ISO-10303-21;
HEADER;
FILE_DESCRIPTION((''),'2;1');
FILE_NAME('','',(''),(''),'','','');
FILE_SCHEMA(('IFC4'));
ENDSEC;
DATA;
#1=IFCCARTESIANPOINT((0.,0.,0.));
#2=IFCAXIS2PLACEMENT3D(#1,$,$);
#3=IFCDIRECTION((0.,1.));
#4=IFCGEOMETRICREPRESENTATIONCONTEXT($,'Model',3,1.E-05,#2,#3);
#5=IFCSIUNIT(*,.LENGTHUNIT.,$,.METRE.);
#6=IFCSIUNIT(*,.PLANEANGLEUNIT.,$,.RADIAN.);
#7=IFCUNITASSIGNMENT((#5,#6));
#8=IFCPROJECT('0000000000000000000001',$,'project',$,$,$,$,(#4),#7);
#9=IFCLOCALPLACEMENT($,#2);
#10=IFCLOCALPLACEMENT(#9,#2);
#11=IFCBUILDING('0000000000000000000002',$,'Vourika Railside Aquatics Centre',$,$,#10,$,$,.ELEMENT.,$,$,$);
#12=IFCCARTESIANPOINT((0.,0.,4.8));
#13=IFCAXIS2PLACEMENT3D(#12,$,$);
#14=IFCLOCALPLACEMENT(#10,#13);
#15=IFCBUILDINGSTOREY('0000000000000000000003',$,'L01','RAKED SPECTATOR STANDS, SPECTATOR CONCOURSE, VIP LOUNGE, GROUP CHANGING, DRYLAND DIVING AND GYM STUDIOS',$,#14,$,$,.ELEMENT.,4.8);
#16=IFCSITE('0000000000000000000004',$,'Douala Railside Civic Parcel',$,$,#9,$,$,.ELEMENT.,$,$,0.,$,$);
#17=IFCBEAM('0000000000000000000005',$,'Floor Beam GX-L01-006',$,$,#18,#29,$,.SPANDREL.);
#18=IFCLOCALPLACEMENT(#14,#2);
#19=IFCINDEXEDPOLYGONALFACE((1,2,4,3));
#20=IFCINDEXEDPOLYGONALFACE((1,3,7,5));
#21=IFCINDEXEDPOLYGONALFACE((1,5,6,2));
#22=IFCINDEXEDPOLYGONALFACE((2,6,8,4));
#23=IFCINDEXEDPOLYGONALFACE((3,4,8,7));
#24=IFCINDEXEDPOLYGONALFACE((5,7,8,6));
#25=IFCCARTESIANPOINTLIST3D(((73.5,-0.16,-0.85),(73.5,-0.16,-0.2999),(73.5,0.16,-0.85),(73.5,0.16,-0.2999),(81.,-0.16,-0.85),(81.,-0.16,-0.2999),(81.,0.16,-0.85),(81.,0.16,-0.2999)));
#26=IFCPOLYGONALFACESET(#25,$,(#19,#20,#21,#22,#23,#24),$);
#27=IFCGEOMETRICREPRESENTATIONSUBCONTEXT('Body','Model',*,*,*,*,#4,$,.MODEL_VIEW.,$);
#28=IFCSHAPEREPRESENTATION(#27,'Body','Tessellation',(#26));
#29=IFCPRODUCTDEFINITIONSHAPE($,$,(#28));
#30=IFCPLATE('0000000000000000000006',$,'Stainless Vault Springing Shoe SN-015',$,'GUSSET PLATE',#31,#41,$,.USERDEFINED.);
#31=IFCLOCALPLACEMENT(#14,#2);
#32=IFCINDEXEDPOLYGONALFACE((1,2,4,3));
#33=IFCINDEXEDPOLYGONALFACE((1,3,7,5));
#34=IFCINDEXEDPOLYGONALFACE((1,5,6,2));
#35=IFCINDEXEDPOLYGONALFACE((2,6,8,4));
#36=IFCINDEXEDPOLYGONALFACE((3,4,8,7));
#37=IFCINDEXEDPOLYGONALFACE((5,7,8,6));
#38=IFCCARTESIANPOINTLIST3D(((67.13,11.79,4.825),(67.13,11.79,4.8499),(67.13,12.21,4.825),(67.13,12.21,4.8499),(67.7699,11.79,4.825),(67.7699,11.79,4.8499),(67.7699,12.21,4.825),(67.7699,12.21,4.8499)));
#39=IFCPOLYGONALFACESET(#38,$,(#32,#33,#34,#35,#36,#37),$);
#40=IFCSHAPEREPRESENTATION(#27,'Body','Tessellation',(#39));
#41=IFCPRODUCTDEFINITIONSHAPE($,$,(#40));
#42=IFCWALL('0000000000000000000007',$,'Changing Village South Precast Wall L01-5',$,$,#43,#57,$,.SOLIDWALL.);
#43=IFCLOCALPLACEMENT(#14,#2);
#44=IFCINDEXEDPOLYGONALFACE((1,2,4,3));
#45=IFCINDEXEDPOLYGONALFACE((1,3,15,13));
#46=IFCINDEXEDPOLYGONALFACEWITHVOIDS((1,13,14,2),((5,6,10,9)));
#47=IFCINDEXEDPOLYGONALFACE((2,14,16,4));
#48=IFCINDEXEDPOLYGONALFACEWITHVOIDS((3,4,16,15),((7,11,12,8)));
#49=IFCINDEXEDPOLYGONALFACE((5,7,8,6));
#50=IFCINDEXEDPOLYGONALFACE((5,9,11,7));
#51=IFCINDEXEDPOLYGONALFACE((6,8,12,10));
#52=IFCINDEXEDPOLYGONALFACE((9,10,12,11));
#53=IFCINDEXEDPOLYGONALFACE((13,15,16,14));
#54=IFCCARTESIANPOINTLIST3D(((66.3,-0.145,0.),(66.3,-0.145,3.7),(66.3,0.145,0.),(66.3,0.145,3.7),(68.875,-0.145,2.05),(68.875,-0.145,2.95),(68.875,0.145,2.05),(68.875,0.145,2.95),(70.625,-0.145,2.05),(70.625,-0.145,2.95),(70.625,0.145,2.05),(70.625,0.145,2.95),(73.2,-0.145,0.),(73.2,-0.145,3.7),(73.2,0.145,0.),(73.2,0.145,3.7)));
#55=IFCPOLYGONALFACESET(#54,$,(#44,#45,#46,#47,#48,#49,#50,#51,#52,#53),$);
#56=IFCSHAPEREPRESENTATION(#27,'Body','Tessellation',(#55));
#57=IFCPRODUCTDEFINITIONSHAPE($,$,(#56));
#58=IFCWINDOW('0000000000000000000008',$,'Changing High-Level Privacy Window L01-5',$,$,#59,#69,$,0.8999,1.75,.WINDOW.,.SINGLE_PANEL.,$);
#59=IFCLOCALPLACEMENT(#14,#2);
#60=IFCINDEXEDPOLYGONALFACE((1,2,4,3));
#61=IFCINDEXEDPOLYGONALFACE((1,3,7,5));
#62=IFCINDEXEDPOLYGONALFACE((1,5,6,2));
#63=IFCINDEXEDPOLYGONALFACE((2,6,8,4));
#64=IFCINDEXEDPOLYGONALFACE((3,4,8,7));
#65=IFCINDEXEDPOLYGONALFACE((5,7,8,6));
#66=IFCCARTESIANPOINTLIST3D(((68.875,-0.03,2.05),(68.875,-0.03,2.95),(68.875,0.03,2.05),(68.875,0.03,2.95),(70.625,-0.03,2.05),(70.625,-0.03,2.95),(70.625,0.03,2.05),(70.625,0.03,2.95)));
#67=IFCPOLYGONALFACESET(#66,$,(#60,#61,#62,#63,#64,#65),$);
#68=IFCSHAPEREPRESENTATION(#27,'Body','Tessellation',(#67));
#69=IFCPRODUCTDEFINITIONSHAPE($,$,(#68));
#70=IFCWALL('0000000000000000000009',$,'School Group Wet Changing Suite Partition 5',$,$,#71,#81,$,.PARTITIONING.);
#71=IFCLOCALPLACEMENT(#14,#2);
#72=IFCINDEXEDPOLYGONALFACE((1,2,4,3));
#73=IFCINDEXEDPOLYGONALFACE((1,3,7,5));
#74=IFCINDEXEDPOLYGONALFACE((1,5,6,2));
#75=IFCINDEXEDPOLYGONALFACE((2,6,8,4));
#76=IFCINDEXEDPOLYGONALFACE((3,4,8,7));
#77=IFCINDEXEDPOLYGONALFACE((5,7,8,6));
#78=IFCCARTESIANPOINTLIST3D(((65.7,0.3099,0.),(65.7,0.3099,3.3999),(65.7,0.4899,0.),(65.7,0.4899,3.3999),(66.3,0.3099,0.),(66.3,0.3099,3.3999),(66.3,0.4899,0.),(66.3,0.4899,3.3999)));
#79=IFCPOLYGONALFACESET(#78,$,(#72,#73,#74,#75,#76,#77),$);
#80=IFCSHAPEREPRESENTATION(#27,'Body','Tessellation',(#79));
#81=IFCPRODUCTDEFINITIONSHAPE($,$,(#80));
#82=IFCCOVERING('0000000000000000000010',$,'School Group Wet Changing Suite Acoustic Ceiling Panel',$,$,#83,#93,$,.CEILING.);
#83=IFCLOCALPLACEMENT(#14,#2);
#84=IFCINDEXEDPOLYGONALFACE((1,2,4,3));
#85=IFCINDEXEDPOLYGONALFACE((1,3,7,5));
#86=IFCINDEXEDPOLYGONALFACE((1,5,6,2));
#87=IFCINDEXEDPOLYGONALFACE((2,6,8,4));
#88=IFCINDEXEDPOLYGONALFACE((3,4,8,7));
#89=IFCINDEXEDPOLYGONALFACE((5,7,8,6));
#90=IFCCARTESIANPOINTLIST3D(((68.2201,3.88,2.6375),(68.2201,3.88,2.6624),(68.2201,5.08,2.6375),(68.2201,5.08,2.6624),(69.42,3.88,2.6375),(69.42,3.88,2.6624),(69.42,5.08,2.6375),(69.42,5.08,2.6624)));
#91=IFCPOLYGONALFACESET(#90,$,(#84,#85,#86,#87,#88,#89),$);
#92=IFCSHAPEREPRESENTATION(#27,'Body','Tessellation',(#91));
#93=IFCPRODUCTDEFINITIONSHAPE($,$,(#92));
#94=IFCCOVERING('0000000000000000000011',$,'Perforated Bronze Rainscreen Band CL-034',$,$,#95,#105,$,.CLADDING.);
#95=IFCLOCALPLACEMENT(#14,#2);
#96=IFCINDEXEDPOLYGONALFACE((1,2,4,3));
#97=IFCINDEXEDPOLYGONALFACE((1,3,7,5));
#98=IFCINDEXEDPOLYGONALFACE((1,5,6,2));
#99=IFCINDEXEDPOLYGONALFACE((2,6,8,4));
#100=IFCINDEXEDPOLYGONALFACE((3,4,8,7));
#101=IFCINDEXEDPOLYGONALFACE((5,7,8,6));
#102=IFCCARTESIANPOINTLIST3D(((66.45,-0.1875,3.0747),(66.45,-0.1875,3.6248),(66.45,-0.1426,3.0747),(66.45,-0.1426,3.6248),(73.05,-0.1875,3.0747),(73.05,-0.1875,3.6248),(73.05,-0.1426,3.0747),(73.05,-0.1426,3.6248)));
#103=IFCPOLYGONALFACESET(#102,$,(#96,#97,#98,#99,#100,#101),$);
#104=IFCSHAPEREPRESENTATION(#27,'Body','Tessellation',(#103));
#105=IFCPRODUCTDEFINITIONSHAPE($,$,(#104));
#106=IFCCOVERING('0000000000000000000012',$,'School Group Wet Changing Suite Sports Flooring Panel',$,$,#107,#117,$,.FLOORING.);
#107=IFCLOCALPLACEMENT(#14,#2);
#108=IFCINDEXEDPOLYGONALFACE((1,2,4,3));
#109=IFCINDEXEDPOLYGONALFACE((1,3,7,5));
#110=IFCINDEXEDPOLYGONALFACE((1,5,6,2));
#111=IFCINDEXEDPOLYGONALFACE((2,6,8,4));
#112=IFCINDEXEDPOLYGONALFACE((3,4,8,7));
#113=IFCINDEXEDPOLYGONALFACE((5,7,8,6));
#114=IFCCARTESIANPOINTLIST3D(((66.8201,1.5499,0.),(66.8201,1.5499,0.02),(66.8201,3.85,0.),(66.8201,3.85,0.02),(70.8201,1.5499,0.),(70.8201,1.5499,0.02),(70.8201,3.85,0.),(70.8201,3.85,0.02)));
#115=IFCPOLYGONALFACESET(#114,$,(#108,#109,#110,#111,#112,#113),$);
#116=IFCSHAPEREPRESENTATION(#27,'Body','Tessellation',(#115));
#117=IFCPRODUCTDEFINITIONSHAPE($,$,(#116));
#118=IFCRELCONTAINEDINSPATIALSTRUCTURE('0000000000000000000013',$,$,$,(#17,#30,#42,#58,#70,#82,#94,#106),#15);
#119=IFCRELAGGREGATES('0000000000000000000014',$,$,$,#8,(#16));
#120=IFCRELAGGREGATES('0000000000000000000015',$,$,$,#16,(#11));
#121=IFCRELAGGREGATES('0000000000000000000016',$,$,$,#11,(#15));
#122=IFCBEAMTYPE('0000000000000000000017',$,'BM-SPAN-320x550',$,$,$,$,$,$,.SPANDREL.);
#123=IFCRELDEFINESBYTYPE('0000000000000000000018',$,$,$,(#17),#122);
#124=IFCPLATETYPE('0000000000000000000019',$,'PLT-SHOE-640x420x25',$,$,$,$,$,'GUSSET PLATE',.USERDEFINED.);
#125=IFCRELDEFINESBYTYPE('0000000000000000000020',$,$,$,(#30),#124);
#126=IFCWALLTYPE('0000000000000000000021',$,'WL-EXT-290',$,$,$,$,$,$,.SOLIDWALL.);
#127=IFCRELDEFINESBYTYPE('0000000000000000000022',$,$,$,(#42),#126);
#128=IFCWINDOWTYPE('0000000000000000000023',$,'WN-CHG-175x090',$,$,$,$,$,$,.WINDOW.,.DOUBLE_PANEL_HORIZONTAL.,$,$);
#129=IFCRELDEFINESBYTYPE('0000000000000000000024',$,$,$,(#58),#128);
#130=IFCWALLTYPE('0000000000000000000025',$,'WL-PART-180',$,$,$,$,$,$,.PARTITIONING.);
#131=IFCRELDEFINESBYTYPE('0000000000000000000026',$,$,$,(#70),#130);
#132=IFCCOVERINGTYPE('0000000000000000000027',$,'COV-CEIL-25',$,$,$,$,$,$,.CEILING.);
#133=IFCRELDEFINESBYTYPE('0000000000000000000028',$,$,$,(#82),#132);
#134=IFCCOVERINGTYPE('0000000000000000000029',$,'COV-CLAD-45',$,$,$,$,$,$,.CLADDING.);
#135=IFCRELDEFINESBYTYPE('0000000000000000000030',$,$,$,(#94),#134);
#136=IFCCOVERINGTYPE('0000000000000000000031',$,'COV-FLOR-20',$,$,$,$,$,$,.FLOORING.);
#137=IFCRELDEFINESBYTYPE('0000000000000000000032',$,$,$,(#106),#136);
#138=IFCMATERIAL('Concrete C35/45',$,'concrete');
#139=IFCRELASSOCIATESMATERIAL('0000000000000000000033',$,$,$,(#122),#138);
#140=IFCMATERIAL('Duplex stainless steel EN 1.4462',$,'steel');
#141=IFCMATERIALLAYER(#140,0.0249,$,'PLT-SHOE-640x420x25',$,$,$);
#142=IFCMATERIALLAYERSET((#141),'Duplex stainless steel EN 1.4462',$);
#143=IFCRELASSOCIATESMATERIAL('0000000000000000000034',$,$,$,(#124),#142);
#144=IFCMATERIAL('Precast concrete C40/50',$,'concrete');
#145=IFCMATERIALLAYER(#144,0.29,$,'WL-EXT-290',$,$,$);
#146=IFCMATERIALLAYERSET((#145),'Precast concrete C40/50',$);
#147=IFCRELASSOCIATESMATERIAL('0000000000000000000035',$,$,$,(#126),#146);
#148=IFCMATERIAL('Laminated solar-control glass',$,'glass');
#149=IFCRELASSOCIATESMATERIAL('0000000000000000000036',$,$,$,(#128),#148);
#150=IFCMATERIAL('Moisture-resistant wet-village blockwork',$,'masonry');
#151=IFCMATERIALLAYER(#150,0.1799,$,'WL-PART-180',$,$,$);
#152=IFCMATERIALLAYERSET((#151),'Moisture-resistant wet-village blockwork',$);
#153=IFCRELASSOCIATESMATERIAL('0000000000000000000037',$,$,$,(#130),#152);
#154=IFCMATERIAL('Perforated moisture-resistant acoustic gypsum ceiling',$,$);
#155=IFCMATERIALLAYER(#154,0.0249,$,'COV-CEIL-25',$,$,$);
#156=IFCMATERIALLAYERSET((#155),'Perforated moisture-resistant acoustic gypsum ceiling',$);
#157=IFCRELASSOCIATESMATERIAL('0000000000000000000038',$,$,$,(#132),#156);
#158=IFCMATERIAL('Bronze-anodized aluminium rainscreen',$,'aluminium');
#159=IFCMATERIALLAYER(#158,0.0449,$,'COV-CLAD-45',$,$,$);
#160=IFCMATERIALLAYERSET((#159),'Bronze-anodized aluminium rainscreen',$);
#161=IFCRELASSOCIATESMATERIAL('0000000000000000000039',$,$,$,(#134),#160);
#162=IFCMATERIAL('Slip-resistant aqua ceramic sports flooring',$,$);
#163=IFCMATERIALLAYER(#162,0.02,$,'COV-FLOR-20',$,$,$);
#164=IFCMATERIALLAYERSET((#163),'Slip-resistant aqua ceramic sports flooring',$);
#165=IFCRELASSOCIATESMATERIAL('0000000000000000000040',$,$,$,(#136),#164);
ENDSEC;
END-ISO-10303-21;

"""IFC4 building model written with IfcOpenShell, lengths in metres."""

from ifc_helpers import new_model, si_unit, direction, frame, frame_2d, origin, origin_2d, place, context, subcontext, project, spatial, rectangle, extrude, material, layer, layer_set, material_profile, profile_set, type_object, element, fill, save


model = new_model("IFC4")

# Units and contexts
model_context = context("Model", 3, precision=1e-05, world=origin(), true_north=direction((0.0, 1.0)))
body_context = subcontext(model_context, "Body", "Model", "MODEL_VIEW")
ifc_project = project(units=[si_unit("LENGTHUNIT", "METRE"), si_unit("PLANEANGLEUNIT", "RADIAN")], contexts=[model_context])

# Site, building, storey
site_placement = place(None, origin())
site = spatial("IfcSite", under=ifc_project, at=site_placement, Name="Douala Railside Civic Parcel", CompositionType="ELEMENT", RefElevation=0.0)
building_placement = place(site_placement, origin())
building = spatial("IfcBuilding", under=site, at=building_placement, Name="Vourika Railside Aquatics Centre", CompositionType="ELEMENT")
storey_placement = place(building_placement, frame((0.0, 0.0, 4.8)))
storey = spatial("IfcBuildingStorey", under=building, at=storey_placement, Name="L01", Description="RAKED SPECTATOR STANDS, SPECTATOR CONCOURSE, VIP LOUNGE, GROUP CHANGING, DRYLAND DIVING AND GYM STUDIOS", CompositionType="ELEMENT", Elevation=4.8)

# Beam
ifc_material_1 = material(Name="Concrete C35/45", Category="concrete")
ifc_material_profile_1 = material_profile(ifc_material_1, rectangle(XDim=0.3201, YDim=0.55, at=origin_2d()), Name="RC 320x550")
ifc_profile_set_1 = profile_set([ifc_material_profile_1], Name="Concrete C35/45")
beam_type_1 = type_object("IfcBeamType", Name="BM-SPAN-320x550", PredefinedType="SPANDREL", material=ifc_profile_set_1)
beam_1_placement = place(storey_placement, frame((73.5, 0.0, -0.575), z_axis=(1.0, 0.0, 0.0), x_axis=(0.0, 1.0, 0.0)))
element("IfcBeam", 1, at=beam_1_placement, inside=storey, type_object=beam_type_1, Name="Floor Beam GX-L01-006", PredefinedType="SPANDREL", context=body_context, shape_type="SweptSolid", body=[
    extrude(rectangle(XDim=0.3201, YDim=0.55, at=origin_2d()), origin(), (0.0, 0.0, 1.0), 7.5),
])

# Plate
ifc_material_2 = material(Name="Duplex stainless steel EN 1.4462", Category="steel")
ifc_layer_1 = layer(ifc_material_2, 0.0249, Name="PLT-SHOE-640x420x25")
ifc_layer_set_1 = layer_set([ifc_layer_1], Name="Duplex stainless steel EN 1.4462")
plate_type = type_object("IfcPlateType", Name="PLT-SHOE-640x420x25", ElementType="GUSSET PLATE", PredefinedType="USERDEFINED", material=ifc_layer_set_1)
plate_placement = place(storey_placement, frame((67.45, 12.0, 4.825), z_axis=(0.0, 0.0, 1.0), x_axis=(1.0, 0.0, 0.0)))
element("IfcPlate", 2, at=plate_placement, inside=storey, type_object=plate_type, Name="Stainless Vault Springing Shoe SN-015", ObjectType="GUSSET PLATE", PredefinedType="USERDEFINED", context=body_context, shape_type="SweptSolid", body=[
    extrude(rectangle(XDim=0.6399, YDim=0.4199, at=origin_2d()), origin(), (0.0, 0.0, 1.0), 0.0249),
])

# Wall, opening, window
ifc_material_3 = material(Name="Precast concrete C40/50", Category="concrete")
ifc_layer_2 = layer(ifc_material_3, 0.29, Name="WL-EXT-290")
ifc_layer_set_2 = layer_set([ifc_layer_2], Name="Precast concrete C40/50")
wall_type_1 = type_object("IfcWallType", Name="WL-EXT-290", PredefinedType="SOLIDWALL", material=ifc_layer_set_2)
wall_1_placement = place(storey_placement, frame((66.3, 0.0, 0.0), z_axis=(0.0, 0.0, 1.0), x_axis=(1.0, 0.0, 0.0)))
wall_1 = element("IfcWall", 3, at=wall_1_placement, inside=storey, type_object=wall_type_1, Name="Changing Village South Precast Wall L01-5", PredefinedType="SOLIDWALL", context=body_context, shape_type="SweptSolid", body=[
    extrude(rectangle(XDim=6.8999, YDim=0.29, at=frame_2d((3.45, 0.0))), origin(), (0.0, 0.0, 1.0), 3.7),
])
opening_placement = place(wall_1_placement, frame((2.575, 0.0, 2.05)))
opening = element("IfcOpeningElement", 4, at=opening_placement, cuts=wall_1, PredefinedType="OPENING", context=body_context, shape_type="SweptSolid", body=[
    extrude(rectangle(XDim=1.75, YDim=0.8999, at=frame_2d((0.875, 0.45))), frame((0.0, 0.155, 0.0), z_axis=(0.0, -1.0, 0.0), x_axis=(1.0, 0.0, 0.0)), (0.0, 0.0, 1.0), 0.3101),
])
ifc_material_4 = material(Name="Laminated solar-control glass", Category="glass")
window_type = type_object("IfcWindowType", Name="WN-CHG-175x090", PartitioningType="DOUBLE_PANEL_HORIZONTAL", PredefinedType="WINDOW", material=ifc_material_4)
window_placement = place(opening_placement, origin())
window = element("IfcWindow", 5, at=window_placement, inside=storey, type_object=window_type, Name="Changing High-Level Privacy Window L01-5", OverallHeight=0.8999, OverallWidth=1.75, PartitioningType="SINGLE_PANEL", PredefinedType="WINDOW", context=body_context, shape_type="SweptSolid", body=[
    extrude(rectangle(XDim=1.75, YDim=0.8999, at=frame_2d((0.875, 0.45))), frame((0.0, 0.03, 0.0), z_axis=(0.0, -1.0, 0.0), x_axis=(1.0, 0.0, 0.0)), (0.0, 0.0, 1.0), 0.0601),
])
fill(opening, window)

# Wall
ifc_material_5 = material(Name="Moisture-resistant wet-village blockwork", Category="masonry")
ifc_layer_3 = layer(ifc_material_5, 0.1799, Name="WL-PART-180")
ifc_layer_set_3 = layer_set([ifc_layer_3], Name="Moisture-resistant wet-village blockwork")
wall_type_2 = type_object("IfcWallType", Name="WL-PART-180", PredefinedType="PARTITIONING", material=ifc_layer_set_3)
wall_2_placement = place(storey_placement, frame((66.3, 0.3999, 0.0), z_axis=(0.0, 0.0, 1.0), x_axis=(-1.0, 0.0, 0.0)))
element("IfcWall", 6, at=wall_2_placement, inside=storey, type_object=wall_type_2, Name="School Group Wet Changing Suite Partition 5", PredefinedType="PARTITIONING", context=body_context, shape_type="SweptSolid", body=[
    extrude(rectangle(XDim=0.6001, YDim=0.1799, at=frame_2d((0.3, 0.0))), origin(), (0.0, 0.0, 1.0), 3.3999),
])

# Coverings
ifc_material_6 = material(Name="Perforated moisture-resistant acoustic gypsum ceiling")
ifc_layer_4 = layer(ifc_material_6, 0.0249, Name="COV-CEIL-25")
ifc_layer_set_4 = layer_set([ifc_layer_4], Name="Perforated moisture-resistant acoustic gypsum ceiling")
covering_type_1 = type_object("IfcCoveringType", Name="COV-CEIL-25", PredefinedType="CEILING", material=ifc_layer_set_4)
covering_1_placement = place(storey_placement, frame((68.8201, 4.48, 2.6375), z_axis=(0.0, 0.0, 1.0), x_axis=(1.0, 0.0, 0.0)))
element("IfcCovering", 7, at=covering_1_placement, inside=storey, type_object=covering_type_1, Name="School Group Wet Changing Suite Acoustic Ceiling Panel", PredefinedType="CEILING", context=body_context, shape_type="SweptSolid", body=[
    extrude(rectangle(XDim=1.2, YDim=1.2, at=origin_2d()), origin(), (0.0, 0.0, 1.0), 0.0249),
])
ifc_material_7 = material(Name="Bronze-anodized aluminium rainscreen", Category="aluminium")
ifc_layer_5 = layer(ifc_material_7, 0.0449, Name="COV-CLAD-45")
ifc_layer_set_5 = layer_set([ifc_layer_5], Name="Bronze-anodized aluminium rainscreen")
covering_type_2 = type_object("IfcCoveringType", Name="COV-CLAD-45", PredefinedType="CLADDING", material=ifc_layer_set_5)
covering_2_placement = place(storey_placement, frame((69.75, -0.165, 3.0747), z_axis=(0.0, 0.0, 1.0), x_axis=(1.0, 0.0, 0.0)))
element("IfcCovering", 8, at=covering_2_placement, inside=storey, type_object=covering_type_2, Name="Perforated Bronze Rainscreen Band CL-034", PredefinedType="CLADDING", context=body_context, shape_type="SweptSolid", body=[
    extrude(rectangle(XDim=6.6001, YDim=0.0449, at=origin_2d()), origin(), (0.0, 0.0, 1.0), 0.55),
])
ifc_material_8 = material(Name="Slip-resistant aqua ceramic sports flooring")
ifc_layer_6 = layer(ifc_material_8, 0.02, Name="COV-FLOR-20")
ifc_layer_set_6 = layer_set([ifc_layer_6], Name="Slip-resistant aqua ceramic sports flooring")
covering_type_3 = type_object("IfcCoveringType", Name="COV-FLOR-20", PredefinedType="FLOORING", material=ifc_layer_set_6)
covering_3_placement = place(storey_placement, frame((68.8201, 2.7, 0.0), z_axis=(0.0, 0.0, 1.0), x_axis=(1.0, 0.0, 0.0)))
element("IfcCovering", 9, at=covering_3_placement, inside=storey, type_object=covering_type_3, Name="School Group Wet Changing Suite Sports Flooring Panel", PredefinedType="FLOORING", context=body_context, shape_type="SweptSolid", body=[
    extrude(rectangle(XDim=4.0, YDim=2.3, at=origin_2d()), origin(), (0.0, 0.0, 1.0), 0.02),
])

save(model, "model.ifc")
